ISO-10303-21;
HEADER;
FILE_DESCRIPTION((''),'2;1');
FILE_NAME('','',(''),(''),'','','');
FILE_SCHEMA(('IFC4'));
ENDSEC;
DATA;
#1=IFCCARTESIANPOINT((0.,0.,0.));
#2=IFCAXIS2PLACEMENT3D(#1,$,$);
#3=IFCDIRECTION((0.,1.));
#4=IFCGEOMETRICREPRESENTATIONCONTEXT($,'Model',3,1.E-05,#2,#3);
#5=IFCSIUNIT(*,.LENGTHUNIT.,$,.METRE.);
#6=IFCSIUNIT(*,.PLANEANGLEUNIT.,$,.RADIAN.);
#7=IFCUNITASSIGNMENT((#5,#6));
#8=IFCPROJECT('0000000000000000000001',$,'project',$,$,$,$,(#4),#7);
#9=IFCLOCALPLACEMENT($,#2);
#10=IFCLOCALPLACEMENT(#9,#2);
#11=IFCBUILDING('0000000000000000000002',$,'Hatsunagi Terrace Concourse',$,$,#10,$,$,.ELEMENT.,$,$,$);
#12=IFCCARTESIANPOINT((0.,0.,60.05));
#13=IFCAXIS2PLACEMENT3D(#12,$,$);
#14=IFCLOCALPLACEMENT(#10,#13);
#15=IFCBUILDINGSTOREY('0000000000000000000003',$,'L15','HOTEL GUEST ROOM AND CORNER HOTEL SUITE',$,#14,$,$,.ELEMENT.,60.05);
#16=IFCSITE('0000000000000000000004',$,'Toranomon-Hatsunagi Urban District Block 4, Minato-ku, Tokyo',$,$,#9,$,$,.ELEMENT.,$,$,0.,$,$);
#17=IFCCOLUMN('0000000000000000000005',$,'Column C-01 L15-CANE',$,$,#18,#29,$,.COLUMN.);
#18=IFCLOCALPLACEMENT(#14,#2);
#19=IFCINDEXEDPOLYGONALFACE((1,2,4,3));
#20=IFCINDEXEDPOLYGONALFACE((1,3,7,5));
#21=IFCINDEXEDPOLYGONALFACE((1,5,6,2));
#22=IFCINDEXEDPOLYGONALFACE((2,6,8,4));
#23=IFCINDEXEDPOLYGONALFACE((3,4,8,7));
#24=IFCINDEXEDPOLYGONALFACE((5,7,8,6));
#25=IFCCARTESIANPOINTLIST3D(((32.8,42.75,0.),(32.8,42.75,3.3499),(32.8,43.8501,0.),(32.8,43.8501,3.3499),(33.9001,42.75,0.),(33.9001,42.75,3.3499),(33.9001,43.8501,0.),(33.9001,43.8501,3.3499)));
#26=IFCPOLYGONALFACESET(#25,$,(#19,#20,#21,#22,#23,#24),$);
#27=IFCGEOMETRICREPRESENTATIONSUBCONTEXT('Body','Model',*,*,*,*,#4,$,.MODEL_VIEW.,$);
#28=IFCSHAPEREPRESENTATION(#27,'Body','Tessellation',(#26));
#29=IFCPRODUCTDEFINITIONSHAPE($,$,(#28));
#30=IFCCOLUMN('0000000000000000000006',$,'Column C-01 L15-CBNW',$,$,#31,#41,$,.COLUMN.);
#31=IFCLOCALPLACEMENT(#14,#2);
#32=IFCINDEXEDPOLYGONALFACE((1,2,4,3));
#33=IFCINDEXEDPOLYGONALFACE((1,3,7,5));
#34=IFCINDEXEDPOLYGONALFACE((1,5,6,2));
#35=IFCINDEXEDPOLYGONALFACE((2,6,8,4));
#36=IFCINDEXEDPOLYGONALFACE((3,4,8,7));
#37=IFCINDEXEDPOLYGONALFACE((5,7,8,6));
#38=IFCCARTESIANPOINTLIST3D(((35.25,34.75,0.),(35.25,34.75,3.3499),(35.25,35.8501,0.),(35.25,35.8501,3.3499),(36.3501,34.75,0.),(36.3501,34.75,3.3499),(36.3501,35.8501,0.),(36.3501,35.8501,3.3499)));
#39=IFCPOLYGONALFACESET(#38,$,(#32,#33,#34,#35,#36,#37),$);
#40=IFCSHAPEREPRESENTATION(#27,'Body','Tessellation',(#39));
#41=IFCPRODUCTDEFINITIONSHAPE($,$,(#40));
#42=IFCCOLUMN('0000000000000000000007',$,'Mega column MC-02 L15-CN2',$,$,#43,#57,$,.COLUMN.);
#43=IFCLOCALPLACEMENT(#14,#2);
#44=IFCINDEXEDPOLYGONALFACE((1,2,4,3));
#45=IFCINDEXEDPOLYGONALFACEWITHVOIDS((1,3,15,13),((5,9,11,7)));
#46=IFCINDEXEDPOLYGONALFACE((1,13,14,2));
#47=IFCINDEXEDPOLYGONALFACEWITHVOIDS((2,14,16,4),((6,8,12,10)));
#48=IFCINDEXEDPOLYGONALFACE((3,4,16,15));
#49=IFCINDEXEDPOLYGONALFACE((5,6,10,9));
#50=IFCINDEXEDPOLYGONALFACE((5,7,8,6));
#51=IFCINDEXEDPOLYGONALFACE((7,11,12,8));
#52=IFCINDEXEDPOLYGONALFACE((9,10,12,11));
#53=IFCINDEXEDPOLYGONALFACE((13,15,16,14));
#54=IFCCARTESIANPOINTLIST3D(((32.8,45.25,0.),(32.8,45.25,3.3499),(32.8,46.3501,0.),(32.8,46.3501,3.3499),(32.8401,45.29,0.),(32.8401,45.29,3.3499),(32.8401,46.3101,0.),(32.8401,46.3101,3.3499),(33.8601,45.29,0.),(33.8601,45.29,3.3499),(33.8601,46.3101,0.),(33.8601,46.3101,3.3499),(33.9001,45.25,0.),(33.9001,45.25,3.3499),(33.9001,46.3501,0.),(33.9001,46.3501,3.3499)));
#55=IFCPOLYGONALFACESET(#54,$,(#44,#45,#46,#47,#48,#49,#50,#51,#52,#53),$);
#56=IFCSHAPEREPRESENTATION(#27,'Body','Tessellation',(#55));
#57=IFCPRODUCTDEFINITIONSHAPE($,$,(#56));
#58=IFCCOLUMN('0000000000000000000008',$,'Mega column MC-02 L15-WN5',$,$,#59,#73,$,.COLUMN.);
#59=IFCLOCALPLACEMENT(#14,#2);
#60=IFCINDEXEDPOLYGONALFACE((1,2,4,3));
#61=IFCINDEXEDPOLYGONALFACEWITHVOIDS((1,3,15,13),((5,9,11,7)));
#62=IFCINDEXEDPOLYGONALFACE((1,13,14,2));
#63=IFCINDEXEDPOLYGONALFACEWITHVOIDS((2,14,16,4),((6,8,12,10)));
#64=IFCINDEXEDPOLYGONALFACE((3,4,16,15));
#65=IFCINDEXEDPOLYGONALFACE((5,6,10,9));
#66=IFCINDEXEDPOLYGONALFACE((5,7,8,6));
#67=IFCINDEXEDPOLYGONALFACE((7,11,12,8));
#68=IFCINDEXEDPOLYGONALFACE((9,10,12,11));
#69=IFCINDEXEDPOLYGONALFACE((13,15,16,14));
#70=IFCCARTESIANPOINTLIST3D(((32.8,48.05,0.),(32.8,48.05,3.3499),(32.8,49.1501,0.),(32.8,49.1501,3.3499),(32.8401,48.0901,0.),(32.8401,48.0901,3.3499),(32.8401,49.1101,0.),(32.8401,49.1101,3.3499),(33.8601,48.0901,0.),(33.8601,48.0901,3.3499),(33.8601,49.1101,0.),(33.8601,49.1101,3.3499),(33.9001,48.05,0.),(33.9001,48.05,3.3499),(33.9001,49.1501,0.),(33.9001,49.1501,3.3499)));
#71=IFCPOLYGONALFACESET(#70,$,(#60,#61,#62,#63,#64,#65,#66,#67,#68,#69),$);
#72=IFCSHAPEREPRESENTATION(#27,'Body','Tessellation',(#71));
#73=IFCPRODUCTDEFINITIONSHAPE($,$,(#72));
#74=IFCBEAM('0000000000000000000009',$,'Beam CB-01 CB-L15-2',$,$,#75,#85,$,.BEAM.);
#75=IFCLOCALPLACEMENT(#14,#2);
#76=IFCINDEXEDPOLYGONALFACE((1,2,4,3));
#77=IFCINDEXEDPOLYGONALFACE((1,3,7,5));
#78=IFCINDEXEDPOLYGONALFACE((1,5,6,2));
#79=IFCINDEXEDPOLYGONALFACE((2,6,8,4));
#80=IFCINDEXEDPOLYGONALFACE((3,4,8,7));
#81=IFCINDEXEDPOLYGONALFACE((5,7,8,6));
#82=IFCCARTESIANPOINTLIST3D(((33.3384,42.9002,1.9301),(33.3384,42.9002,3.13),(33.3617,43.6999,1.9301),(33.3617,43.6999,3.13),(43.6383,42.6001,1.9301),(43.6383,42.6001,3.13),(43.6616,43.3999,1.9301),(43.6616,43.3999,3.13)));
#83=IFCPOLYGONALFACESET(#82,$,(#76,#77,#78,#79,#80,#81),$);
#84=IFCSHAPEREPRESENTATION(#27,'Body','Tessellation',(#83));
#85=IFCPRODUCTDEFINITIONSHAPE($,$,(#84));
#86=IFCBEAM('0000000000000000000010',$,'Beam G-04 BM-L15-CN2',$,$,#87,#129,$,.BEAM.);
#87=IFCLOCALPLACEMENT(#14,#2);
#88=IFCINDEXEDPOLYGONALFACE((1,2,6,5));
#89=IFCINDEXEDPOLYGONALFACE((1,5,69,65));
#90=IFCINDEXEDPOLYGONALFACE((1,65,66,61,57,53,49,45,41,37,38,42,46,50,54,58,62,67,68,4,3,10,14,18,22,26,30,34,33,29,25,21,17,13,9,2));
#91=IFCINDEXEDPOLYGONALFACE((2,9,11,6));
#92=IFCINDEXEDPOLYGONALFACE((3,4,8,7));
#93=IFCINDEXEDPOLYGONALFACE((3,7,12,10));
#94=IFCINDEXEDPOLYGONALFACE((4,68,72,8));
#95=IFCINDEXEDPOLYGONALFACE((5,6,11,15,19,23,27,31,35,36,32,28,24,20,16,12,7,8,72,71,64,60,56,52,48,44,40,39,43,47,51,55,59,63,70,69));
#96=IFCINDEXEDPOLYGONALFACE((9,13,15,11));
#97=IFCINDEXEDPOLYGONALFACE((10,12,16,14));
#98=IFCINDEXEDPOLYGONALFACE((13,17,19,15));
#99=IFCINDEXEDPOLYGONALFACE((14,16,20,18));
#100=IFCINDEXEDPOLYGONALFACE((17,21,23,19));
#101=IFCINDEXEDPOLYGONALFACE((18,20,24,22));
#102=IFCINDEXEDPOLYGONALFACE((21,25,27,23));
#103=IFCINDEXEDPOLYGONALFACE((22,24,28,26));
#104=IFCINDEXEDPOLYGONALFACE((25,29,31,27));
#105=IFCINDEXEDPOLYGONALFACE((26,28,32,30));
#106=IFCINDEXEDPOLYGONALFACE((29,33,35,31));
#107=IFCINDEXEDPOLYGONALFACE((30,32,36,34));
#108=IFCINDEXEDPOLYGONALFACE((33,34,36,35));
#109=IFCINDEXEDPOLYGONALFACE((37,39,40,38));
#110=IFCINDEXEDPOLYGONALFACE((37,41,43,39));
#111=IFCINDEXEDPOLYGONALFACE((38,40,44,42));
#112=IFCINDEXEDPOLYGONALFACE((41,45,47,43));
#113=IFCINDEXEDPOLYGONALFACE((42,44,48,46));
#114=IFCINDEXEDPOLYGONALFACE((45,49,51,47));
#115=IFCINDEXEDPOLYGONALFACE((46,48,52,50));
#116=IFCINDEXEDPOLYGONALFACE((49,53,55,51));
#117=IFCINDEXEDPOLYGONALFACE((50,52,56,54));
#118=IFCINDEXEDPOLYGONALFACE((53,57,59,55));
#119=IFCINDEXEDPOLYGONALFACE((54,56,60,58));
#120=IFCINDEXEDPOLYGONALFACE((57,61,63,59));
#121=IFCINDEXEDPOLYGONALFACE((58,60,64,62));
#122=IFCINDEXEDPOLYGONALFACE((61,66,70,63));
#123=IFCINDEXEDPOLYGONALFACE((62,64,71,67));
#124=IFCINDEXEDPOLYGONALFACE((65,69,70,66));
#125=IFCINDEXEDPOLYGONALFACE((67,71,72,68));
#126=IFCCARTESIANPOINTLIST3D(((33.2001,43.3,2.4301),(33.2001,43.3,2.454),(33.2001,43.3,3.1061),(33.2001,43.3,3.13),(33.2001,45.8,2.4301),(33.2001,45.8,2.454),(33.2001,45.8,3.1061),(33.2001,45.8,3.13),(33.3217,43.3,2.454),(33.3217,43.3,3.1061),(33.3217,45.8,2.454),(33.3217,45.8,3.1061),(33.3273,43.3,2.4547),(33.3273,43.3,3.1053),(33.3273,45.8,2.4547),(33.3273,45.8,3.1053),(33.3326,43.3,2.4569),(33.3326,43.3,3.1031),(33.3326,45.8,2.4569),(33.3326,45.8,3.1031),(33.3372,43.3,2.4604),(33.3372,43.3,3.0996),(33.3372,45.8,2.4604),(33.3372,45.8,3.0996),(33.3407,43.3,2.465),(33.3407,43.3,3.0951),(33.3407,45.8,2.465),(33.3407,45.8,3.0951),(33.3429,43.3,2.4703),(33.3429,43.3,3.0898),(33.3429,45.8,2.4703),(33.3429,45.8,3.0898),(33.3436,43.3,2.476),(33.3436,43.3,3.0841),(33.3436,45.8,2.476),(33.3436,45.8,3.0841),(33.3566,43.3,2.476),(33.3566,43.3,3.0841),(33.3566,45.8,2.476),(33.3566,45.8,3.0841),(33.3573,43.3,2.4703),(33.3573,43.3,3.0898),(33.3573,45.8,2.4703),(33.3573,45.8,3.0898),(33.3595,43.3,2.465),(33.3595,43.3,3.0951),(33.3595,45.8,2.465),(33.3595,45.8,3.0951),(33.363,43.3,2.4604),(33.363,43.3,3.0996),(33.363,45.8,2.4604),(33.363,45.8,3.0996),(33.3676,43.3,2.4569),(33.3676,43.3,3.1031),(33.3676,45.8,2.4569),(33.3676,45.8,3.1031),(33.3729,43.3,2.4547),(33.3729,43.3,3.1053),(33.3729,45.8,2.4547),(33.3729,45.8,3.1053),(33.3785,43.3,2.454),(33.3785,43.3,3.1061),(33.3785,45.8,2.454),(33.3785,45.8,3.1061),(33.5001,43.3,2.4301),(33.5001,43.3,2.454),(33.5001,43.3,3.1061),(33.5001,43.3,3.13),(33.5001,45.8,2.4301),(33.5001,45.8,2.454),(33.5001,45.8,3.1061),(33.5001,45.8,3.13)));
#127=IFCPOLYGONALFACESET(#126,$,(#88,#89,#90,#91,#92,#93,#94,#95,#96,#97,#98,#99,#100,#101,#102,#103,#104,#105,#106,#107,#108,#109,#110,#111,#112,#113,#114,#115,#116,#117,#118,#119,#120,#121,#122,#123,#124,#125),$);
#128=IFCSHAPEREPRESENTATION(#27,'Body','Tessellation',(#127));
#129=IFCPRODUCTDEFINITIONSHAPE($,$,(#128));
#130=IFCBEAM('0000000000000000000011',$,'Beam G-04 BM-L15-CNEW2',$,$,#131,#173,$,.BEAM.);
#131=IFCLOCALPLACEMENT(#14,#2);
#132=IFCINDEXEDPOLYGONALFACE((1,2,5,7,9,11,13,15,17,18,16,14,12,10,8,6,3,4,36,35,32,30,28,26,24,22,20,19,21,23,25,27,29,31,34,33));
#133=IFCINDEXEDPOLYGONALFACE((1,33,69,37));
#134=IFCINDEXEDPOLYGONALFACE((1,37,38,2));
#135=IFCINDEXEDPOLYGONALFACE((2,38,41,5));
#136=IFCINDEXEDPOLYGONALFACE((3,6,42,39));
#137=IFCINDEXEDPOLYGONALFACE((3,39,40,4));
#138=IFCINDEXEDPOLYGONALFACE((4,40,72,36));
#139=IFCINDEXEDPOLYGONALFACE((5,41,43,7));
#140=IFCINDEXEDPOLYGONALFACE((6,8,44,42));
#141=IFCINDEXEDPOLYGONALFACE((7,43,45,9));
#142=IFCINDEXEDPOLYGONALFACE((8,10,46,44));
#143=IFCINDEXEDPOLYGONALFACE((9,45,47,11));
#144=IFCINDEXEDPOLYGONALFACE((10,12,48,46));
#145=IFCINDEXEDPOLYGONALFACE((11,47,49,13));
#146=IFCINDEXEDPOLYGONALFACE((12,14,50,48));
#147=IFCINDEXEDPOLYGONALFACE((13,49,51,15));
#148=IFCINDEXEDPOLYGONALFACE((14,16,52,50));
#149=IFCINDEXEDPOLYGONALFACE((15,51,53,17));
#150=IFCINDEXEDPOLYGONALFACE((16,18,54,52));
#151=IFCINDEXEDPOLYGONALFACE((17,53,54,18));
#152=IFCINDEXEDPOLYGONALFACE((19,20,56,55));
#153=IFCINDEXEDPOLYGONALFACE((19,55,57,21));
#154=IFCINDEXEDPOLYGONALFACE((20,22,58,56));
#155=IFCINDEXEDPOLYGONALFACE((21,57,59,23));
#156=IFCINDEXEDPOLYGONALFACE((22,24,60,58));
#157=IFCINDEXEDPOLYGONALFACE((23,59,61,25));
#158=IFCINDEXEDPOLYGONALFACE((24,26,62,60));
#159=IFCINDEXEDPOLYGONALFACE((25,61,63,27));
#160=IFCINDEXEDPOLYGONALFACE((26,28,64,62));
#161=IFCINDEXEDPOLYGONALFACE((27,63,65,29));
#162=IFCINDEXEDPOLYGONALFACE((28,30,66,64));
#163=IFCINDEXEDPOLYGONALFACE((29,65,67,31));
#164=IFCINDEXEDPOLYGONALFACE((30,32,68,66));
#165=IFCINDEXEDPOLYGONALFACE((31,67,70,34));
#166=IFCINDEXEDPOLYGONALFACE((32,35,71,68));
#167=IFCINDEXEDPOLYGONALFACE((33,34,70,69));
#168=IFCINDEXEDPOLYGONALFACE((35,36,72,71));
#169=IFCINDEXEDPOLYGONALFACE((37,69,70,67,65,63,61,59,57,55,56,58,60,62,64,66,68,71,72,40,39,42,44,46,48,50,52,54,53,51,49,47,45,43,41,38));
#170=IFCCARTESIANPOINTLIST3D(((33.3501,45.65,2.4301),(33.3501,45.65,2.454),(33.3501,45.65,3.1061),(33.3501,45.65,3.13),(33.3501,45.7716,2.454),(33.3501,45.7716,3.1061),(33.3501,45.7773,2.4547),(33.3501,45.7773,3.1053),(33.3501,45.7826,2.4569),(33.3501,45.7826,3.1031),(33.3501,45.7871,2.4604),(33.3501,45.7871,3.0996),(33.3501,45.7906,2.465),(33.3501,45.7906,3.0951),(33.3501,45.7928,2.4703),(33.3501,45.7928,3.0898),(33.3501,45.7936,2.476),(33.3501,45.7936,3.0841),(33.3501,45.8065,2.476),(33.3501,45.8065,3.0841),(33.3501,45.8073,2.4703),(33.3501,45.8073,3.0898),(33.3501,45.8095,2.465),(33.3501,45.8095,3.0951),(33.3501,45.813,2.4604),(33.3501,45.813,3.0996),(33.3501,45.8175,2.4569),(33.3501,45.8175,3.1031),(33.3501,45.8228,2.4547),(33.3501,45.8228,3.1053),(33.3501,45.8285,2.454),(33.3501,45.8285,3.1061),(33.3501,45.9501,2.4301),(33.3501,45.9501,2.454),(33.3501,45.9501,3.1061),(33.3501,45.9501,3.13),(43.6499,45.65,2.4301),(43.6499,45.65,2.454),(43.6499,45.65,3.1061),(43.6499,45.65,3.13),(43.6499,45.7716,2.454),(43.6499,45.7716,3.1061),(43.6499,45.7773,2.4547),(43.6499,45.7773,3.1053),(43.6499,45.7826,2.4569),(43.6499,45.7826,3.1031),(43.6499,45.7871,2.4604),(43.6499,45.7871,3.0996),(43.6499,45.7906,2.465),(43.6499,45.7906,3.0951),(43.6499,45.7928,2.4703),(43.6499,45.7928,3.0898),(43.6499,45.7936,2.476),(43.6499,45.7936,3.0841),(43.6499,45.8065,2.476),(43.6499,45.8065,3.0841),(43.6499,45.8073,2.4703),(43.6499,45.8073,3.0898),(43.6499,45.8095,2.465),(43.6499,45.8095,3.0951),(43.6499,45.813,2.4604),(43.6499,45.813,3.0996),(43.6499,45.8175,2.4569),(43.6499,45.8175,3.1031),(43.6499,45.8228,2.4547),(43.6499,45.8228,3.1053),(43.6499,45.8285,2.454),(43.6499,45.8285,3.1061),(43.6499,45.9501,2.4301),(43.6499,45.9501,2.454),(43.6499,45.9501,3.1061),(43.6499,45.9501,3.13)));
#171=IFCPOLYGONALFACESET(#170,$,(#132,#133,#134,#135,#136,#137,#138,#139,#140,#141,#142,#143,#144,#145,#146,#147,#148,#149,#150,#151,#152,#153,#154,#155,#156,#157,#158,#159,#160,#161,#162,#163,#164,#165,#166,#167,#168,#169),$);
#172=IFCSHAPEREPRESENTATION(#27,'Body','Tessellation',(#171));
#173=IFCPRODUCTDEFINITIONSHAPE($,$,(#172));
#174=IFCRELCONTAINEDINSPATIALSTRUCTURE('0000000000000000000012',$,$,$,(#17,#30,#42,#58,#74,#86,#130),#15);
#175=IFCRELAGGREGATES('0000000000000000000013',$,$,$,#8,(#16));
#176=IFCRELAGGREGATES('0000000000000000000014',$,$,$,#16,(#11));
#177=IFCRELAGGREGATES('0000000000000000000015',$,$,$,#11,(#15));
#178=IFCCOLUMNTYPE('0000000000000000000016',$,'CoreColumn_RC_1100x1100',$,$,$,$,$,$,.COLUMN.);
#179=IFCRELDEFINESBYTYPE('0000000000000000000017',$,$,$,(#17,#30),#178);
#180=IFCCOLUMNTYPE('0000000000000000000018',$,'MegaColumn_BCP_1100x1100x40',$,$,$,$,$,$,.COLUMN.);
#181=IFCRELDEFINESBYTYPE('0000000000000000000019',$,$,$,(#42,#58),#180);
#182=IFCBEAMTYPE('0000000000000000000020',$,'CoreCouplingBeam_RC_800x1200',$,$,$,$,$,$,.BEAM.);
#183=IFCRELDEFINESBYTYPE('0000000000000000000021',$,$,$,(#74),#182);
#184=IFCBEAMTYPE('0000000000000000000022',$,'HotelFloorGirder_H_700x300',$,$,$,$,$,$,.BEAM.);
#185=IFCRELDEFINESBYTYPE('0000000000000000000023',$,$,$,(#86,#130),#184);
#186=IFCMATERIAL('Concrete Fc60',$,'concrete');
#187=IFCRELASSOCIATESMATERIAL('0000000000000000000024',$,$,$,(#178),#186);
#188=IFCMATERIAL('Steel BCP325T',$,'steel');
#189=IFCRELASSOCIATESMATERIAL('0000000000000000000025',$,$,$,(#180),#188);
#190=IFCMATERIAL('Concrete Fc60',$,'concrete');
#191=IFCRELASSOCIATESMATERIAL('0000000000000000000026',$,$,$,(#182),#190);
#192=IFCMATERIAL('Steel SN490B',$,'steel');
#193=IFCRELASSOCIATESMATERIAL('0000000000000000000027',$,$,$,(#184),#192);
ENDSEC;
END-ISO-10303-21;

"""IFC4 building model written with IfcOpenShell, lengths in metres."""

from ifc_helpers import new_model, si_unit, direction, frame, origin, origin_2d, place, context, subcontext, project, spatial, rectangle, hollow_rectangle, i_section, extrude, material, material_profile, profile_set, type_object, element, save


model = new_model("IFC4")

# Units and contexts
model_context = context("Model", 3, precision=1e-05, world=origin(), true_north=direction((0.0, 1.0)))
body_context = subcontext(model_context, "Body", "Model", "MODEL_VIEW")
ifc_project = project(units=[si_unit("LENGTHUNIT", "METRE"), si_unit("PLANEANGLEUNIT", "RADIAN")], contexts=[model_context])

# Site, building, storey
site_placement = place(None, origin())
site = spatial("IfcSite", under=ifc_project, at=site_placement, Name="Toranomon-Hatsunagi Urban District Block 4, Minato-ku, Tokyo", CompositionType="ELEMENT", RefElevation=0.0)
building_placement = place(site_placement, origin())
building = spatial("IfcBuilding", under=site, at=building_placement, Name="Hatsunagi Terrace Concourse", CompositionType="ELEMENT")
storey_placement = place(building_placement, frame((0.0, 0.0, 60.05)))
storey = spatial("IfcBuildingStorey", under=building, at=storey_placement, Name="L15", Description="HOTEL GUEST ROOM AND CORNER HOTEL SUITE", CompositionType="ELEMENT", Elevation=60.05)

# Columns
ifc_material_1 = material(Name="Concrete Fc60", Category="concrete")
ifc_material_profile_1 = material_profile(ifc_material_1, rectangle(XDim=1.1001, YDim=1.1001, at=origin_2d()), Name="RC-1100x1100")
ifc_profile_set_1 = profile_set([ifc_material_profile_1], Name="Concrete Fc60")
column_type_1 = type_object("IfcColumnType", Name="CoreColumn_RC_1100x1100", PredefinedType="COLUMN", material=ifc_profile_set_1)
for number, where, z_axis, x_axis, name in (
    (1, (33.3501, 43.3, 0.0), (0.0, 0.0, 1.0), (1.0, 0.0, 0.0), "Column C-01 L15-CANE"),
    (2, (35.8, 35.3, 0.0), (0.0, 0.0, 1.0), (1.0, 0.0, 0.0), "Column C-01 L15-CBNW"),
):
    element("IfcColumn", number, at=place(storey_placement, frame(where, z_axis=z_axis, x_axis=x_axis)), inside=storey, type_object=column_type_1, Name=name, PredefinedType="COLUMN", context=body_context, shape_type="SweptSolid", body=[
        extrude(rectangle(XDim=1.1001, YDim=1.1001, at=origin_2d()), origin(), (0.0, 0.0, 1.0), 3.3499),
    ])
ifc_material_2 = material(Name="Steel BCP325T", Category="steel")
ifc_material_profile_2 = material_profile(ifc_material_2, hollow_rectangle(XDim=1.1001, YDim=1.1001, WallThickness=0.04, at=origin_2d()), Name="BCP-1100x1100x40")
ifc_profile_set_2 = profile_set([ifc_material_profile_2], Name="Steel BCP325T")
column_type_2 = type_object("IfcColumnType", Name="MegaColumn_BCP_1100x1100x40", PredefinedType="COLUMN", material=ifc_profile_set_2)
for number, where, z_axis, x_axis, name in (
    (3, (33.3501, 45.8, 0.0), (0.0, 0.0, 1.0), (1.0, 0.0, 0.0), "Mega column MC-02 L15-CN2"),
    (4, (33.3501, 48.6001, 0.0), (0.0, 0.0, 1.0), (1.0, 0.0, 0.0), "Mega column MC-02 L15-WN5"),
):
    element("IfcColumn", number, at=place(storey_placement, frame(where, z_axis=z_axis, x_axis=x_axis)), inside=storey, type_object=column_type_2, Name=name, PredefinedType="COLUMN", context=body_context, shape_type="SweptSolid", body=[
        extrude(hollow_rectangle(XDim=1.1001, YDim=1.1001, WallThickness=0.04, at=origin_2d()), origin(), (0.0, 0.0, 1.0), 3.3499),
    ])

# Beams
ifc_material_3 = material(Name="Concrete Fc60", Category="concrete")
ifc_material_profile_3 = material_profile(ifc_material_3, rectangle(XDim=0.8, YDim=1.2, at=origin_2d()), Name="RC-800x1200")
ifc_profile_set_3 = profile_set([ifc_material_profile_3], Name="Concrete Fc60")
beam_type_1 = type_object("IfcBeamType", Name="CoreCouplingBeam_RC_800x1200", PredefinedType="BEAM", material=ifc_profile_set_3)
beam_1_placement = place(storey_placement, frame((33.3501, 43.3, 2.53), z_axis=(0.999576, -0.029119, 0.0), x_axis=(0.029119, 0.999576, 0.0)))
element("IfcBeam", 5, at=beam_1_placement, inside=storey, type_object=beam_type_1, Name="Beam CB-01 CB-L15-2", PredefinedType="BEAM", context=body_context, shape_type="SweptSolid", body=[
    extrude(rectangle(XDim=0.8, YDim=1.2, at=origin_2d()), origin(), (0.0, 0.0, 1.0), 10.3042),
])
ifc_material_4 = material(Name="Steel SN490B", Category="steel")
ifc_material_profile_4 = material_profile(ifc_material_4, i_section(OverallWidth=0.3, OverallDepth=0.7, WebThickness=0.0129, FlangeThickness=0.0239, FilletRadius=0.022, at=origin_2d()), Name="H-700x300x13x24")
ifc_profile_set_4 = profile_set([ifc_material_profile_4], Name="Steel SN490B")
beam_type_2 = type_object("IfcBeamType", Name="HotelFloorGirder_H_700x300", PredefinedType="BEAM", material=ifc_profile_set_4)
beam_2_placement = place(storey_placement, frame((33.3501, 43.3, 2.78), z_axis=(0.0, 1.0, 0.0), x_axis=(-1.0, 0.0, 0.0)))
element("IfcBeam", 6, at=beam_2_placement, inside=storey, type_object=beam_type_2, Name="Beam G-04 BM-L15-CN2", PredefinedType="BEAM", context=body_context, shape_type="SweptSolid", body=[
    extrude(i_section(OverallWidth=0.3, OverallDepth=0.7, WebThickness=0.0129, FlangeThickness=0.0239, FilletRadius=0.022, at=origin_2d()), origin(), (0.0, 0.0, 1.0), 2.5),
])
beam_3_placement = place(storey_placement, frame((33.3501, 45.8, 2.78), z_axis=(1.0, 0.0, 0.0), x_axis=(0.0, 1.0, 0.0)))
element("IfcBeam", 7, at=beam_3_placement, inside=storey, type_object=beam_type_2, Name="Beam G-04 BM-L15-CNEW2", PredefinedType="BEAM", context=body_context, shape_type="SweptSolid", body=[
    extrude(i_section(OverallWidth=0.3, OverallDepth=0.7, WebThickness=0.0129, FlangeThickness=0.0239, FilletRadius=0.022, at=origin_2d()), origin(), (0.0, 0.0, 1.0), 10.2998),
])

save(model, "model.ifc")
